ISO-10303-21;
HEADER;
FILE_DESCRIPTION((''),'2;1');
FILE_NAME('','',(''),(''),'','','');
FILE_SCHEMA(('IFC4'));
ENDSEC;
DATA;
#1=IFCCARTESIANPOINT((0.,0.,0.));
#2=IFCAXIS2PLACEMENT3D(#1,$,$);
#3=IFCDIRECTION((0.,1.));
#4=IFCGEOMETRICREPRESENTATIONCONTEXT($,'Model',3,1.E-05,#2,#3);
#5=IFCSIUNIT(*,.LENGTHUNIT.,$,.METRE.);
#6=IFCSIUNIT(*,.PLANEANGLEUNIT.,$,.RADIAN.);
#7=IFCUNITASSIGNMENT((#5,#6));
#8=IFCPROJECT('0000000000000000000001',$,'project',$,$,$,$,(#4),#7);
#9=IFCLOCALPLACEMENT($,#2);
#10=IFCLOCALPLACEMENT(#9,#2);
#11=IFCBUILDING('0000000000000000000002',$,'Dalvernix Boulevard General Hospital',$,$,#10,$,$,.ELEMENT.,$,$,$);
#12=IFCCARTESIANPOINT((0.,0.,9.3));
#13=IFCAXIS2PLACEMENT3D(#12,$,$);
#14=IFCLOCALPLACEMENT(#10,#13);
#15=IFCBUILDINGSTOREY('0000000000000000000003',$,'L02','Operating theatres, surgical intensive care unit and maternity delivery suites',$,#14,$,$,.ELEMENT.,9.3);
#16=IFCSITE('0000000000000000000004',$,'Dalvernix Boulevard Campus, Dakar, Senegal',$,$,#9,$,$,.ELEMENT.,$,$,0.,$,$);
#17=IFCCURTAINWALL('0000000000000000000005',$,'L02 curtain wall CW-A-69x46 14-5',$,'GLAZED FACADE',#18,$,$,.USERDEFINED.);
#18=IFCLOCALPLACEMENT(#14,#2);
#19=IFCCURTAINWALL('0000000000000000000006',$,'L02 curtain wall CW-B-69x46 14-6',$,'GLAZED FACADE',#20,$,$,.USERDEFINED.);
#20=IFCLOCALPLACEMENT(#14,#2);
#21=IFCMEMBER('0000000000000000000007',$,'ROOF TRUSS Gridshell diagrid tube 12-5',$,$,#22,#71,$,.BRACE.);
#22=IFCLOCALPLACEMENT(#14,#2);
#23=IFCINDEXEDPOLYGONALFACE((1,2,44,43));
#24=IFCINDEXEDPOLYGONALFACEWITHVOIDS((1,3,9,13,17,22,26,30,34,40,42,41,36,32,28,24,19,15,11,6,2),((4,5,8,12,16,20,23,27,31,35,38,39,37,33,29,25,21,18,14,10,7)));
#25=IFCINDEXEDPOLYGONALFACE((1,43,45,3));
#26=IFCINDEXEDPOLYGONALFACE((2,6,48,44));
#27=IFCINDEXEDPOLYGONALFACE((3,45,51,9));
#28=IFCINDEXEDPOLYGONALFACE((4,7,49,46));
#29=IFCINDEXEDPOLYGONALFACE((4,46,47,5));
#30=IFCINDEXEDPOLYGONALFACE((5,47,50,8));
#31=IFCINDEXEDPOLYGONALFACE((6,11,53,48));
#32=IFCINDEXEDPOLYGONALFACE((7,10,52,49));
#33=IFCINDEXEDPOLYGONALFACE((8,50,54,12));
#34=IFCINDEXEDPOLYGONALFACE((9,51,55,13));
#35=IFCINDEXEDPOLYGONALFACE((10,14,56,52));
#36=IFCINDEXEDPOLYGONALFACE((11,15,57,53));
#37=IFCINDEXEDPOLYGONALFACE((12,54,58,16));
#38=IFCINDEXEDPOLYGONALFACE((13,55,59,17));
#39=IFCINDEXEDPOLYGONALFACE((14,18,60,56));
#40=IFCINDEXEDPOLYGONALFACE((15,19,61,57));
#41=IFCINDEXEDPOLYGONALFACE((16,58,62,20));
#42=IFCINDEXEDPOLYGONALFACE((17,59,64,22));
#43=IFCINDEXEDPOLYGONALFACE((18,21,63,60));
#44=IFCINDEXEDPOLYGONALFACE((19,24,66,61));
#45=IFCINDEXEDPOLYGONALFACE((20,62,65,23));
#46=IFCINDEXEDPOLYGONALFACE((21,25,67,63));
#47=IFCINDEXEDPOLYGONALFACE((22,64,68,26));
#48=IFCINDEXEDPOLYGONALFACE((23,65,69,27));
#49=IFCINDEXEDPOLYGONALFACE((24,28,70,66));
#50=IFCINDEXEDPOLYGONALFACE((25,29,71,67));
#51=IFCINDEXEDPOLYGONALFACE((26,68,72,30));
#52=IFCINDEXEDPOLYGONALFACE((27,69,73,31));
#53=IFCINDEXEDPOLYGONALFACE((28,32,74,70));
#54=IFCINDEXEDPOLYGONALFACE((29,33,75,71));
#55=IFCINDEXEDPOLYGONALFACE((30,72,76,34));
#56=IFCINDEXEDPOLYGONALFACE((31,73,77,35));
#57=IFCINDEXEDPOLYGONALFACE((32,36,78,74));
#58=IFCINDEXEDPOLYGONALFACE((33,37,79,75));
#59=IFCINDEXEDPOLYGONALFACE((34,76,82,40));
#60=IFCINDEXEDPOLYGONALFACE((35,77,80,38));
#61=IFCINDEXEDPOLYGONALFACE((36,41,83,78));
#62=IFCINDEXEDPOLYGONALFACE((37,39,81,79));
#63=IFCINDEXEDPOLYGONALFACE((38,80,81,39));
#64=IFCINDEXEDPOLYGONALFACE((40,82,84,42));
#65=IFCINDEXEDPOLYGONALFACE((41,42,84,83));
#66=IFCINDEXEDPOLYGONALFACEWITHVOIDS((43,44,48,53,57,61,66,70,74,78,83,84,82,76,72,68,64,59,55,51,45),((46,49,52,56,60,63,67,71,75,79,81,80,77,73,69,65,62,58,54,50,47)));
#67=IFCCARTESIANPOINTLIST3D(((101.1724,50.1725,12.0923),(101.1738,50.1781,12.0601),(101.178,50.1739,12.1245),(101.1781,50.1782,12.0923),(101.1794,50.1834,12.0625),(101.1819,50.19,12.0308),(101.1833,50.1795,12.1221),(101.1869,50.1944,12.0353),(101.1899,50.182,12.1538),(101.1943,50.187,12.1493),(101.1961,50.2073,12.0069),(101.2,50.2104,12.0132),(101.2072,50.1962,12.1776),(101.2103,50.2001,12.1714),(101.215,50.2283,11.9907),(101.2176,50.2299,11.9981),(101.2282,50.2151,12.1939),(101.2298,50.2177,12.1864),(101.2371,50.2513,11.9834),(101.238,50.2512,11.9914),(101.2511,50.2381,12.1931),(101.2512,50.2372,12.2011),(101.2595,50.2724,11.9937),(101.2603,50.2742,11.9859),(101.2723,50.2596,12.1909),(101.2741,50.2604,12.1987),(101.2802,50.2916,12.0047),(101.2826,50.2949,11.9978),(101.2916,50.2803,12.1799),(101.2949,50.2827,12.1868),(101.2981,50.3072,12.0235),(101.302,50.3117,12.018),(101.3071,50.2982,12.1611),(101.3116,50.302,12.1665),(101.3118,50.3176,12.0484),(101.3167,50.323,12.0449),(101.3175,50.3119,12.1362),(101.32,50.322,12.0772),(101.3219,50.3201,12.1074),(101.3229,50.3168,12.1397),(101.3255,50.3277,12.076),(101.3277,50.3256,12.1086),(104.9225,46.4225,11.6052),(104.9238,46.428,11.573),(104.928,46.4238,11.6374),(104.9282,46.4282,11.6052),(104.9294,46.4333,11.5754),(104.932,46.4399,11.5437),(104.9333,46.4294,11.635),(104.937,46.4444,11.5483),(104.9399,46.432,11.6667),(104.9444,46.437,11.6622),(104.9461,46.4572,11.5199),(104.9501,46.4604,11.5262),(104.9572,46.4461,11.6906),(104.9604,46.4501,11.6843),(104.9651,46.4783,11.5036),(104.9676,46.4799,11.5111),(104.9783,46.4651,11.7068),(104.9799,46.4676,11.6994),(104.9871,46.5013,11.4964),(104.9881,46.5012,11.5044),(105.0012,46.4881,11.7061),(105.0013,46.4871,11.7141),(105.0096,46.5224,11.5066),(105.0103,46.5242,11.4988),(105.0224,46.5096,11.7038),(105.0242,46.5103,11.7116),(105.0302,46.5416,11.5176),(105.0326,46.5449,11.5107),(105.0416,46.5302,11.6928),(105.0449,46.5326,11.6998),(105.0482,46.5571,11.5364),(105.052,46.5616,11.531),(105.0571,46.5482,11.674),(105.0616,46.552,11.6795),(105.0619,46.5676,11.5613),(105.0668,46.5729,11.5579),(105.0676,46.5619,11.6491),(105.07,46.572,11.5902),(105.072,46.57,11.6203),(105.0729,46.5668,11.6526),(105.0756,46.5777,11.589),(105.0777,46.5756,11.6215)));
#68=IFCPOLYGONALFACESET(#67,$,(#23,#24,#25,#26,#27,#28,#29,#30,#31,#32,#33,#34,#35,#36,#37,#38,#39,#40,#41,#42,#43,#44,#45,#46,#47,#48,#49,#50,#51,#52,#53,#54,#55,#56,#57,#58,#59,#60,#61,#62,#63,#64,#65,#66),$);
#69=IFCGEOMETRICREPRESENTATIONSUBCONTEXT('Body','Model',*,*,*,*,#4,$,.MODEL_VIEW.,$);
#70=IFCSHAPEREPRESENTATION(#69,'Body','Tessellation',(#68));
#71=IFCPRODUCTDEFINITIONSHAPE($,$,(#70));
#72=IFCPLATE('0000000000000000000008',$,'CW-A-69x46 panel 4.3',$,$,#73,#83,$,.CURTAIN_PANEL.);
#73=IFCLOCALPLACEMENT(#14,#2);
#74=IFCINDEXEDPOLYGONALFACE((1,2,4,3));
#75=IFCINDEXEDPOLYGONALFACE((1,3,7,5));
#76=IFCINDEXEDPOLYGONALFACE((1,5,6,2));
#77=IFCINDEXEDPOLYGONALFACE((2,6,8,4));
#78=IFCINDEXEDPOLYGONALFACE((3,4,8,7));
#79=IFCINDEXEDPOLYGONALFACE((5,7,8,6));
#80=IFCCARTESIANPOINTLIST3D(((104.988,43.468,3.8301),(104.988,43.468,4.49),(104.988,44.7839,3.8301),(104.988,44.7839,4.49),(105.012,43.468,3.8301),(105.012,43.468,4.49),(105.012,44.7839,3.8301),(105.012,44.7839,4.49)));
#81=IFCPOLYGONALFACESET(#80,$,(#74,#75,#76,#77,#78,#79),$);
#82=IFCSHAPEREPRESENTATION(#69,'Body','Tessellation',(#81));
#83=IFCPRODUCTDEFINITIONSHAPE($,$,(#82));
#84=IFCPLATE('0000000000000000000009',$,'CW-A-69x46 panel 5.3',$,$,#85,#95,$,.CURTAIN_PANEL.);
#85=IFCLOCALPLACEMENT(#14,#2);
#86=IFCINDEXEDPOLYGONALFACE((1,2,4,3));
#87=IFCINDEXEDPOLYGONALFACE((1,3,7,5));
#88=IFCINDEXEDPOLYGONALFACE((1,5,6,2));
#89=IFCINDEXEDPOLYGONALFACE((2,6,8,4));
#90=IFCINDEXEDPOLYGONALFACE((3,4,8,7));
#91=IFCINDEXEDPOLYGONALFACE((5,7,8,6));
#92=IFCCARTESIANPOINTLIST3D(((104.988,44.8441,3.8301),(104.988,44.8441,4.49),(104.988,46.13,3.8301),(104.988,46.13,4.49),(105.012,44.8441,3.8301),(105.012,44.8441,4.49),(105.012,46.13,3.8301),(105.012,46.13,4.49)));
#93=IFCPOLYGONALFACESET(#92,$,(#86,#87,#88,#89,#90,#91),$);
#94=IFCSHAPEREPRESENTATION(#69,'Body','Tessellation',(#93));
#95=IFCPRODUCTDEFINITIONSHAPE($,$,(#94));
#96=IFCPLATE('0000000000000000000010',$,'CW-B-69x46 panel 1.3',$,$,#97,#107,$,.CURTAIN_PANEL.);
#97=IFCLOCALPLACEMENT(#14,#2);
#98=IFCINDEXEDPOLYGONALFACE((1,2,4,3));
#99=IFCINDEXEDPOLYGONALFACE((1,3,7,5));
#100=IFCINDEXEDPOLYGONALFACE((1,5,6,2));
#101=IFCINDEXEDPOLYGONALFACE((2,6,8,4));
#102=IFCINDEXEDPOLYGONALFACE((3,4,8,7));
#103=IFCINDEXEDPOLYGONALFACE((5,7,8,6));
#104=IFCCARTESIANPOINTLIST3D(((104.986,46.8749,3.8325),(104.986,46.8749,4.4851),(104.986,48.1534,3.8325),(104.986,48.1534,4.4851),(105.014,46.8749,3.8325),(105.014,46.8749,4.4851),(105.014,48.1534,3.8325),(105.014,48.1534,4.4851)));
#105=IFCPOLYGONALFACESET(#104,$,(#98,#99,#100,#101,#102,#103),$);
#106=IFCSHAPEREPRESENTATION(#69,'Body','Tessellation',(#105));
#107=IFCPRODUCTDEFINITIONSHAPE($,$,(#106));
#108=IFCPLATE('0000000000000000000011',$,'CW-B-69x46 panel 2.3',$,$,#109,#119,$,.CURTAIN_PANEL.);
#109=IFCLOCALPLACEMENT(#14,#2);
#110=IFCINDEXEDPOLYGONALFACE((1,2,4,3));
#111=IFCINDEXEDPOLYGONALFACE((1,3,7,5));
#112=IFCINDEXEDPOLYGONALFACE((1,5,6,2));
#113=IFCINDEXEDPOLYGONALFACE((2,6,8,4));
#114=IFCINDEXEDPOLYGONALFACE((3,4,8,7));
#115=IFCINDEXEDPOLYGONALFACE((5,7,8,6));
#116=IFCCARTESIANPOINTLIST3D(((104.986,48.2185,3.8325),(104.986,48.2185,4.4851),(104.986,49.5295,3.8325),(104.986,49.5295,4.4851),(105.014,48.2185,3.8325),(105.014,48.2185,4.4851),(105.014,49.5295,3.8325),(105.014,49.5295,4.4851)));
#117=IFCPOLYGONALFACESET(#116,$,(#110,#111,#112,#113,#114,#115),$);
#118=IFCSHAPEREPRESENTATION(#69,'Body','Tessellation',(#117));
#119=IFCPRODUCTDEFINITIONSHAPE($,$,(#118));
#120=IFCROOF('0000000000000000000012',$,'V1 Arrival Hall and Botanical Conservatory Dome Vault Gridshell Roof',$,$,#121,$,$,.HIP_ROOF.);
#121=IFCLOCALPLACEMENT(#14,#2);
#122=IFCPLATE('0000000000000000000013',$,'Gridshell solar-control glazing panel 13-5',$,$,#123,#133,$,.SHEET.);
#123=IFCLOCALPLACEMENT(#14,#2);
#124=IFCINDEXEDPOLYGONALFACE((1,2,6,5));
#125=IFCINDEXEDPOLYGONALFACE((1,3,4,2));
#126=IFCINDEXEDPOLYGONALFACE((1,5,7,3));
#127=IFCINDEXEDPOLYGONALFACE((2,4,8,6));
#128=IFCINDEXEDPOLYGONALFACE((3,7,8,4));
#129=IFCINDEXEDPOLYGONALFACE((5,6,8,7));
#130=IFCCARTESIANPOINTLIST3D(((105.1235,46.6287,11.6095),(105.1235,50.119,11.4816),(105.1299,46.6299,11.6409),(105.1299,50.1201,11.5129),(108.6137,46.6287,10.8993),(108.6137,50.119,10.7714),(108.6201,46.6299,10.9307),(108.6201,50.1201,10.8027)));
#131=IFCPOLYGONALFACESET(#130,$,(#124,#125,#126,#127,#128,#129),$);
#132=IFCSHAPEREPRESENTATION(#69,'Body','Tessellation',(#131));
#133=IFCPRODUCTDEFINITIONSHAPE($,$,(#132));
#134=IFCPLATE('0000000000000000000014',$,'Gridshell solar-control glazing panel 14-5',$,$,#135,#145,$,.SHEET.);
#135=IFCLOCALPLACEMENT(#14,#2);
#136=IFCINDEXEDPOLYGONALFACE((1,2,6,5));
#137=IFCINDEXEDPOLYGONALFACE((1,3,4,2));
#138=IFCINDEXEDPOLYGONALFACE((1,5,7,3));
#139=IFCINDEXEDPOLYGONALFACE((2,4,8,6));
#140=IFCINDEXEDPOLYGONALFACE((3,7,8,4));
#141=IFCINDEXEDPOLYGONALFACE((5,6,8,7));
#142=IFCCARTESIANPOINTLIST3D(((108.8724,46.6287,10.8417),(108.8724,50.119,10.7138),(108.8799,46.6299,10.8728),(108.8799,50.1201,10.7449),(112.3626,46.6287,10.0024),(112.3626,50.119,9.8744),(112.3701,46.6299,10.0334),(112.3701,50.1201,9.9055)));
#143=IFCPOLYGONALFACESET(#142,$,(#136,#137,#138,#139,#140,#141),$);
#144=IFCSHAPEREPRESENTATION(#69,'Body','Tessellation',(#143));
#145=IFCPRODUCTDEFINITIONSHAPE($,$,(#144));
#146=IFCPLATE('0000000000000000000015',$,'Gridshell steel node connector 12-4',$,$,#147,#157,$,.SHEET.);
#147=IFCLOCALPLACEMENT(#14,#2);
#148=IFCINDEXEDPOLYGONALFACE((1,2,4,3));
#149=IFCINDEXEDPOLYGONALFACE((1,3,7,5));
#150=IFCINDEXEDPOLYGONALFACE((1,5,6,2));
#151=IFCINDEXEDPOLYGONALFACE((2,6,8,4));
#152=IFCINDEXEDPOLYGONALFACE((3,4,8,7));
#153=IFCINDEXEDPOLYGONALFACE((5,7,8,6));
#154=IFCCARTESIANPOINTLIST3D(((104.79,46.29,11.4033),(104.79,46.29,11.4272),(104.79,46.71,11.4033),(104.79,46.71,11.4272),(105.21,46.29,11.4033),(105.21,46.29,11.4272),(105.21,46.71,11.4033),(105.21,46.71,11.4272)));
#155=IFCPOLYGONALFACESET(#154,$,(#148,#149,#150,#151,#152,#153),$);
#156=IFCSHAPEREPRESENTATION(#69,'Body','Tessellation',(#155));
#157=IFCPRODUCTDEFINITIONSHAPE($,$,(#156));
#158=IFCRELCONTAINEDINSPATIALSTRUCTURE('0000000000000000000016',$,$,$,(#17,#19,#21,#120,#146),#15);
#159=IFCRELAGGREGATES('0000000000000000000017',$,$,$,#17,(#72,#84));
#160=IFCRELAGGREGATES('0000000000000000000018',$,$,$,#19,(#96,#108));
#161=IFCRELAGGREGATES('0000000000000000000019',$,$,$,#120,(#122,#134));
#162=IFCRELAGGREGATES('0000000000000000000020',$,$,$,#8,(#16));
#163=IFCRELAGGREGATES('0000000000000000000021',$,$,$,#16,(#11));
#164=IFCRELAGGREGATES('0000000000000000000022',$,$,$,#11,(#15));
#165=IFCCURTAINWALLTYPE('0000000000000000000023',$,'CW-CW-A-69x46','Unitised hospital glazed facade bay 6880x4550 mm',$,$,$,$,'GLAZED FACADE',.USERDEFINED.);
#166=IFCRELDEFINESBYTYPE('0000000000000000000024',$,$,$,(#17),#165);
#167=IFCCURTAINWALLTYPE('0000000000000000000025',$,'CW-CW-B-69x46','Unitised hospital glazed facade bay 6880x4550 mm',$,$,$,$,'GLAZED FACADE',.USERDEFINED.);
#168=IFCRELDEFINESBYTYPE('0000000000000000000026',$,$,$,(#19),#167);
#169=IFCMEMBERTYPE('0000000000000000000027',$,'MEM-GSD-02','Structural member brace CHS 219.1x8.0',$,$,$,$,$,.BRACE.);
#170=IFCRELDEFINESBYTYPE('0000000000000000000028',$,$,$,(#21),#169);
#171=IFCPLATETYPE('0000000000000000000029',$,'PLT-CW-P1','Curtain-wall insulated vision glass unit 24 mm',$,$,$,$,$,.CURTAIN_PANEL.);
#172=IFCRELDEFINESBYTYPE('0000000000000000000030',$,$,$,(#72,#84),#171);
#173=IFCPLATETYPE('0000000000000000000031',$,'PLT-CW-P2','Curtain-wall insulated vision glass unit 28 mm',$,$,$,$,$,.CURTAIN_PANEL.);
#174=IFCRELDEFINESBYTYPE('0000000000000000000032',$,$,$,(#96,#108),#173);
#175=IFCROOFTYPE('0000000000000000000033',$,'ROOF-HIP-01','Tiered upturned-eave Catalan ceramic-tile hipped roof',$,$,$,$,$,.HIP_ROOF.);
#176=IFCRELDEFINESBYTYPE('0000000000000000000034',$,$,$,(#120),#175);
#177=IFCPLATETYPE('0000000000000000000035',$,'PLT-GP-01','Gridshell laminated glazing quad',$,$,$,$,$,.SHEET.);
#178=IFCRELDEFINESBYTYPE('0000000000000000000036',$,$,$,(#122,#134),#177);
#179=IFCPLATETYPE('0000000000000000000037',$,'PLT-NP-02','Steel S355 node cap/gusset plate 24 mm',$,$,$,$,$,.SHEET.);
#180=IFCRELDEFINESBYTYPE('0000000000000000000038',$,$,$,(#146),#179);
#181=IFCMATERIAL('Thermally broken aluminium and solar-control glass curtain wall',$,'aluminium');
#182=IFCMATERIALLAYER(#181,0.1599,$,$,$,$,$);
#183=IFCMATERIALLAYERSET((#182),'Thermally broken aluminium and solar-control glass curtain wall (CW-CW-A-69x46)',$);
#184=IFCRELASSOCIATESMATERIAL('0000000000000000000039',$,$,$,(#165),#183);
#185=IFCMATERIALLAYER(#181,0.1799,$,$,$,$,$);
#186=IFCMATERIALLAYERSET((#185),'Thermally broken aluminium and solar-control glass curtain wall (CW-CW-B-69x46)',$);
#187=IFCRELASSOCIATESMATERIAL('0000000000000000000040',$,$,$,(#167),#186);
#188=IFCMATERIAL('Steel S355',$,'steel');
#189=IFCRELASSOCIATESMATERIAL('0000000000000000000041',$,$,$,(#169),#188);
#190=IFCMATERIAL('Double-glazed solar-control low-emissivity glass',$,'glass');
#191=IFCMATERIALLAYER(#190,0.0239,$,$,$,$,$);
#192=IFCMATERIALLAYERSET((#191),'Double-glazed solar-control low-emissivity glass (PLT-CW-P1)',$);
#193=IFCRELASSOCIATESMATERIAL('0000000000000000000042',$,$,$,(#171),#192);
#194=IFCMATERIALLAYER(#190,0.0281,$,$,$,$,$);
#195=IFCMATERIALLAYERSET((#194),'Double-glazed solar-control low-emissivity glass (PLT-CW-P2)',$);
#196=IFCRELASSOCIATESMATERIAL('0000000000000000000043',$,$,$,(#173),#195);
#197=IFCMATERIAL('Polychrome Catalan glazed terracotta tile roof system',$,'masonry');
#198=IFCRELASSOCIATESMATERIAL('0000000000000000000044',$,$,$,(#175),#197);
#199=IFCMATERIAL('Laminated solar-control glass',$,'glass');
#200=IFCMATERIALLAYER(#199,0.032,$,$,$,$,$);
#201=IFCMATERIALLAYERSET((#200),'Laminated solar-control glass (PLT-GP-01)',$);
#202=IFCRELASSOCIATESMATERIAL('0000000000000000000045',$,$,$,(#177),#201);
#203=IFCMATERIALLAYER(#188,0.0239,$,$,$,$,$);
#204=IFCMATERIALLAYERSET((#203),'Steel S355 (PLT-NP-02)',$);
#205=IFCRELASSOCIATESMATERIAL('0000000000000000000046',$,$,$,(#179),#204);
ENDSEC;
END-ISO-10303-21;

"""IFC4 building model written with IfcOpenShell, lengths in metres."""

from ifc_helpers import new_model, si_unit, direction, frame, origin, origin_2d, place, context, subcontext, project, spatial, polyline, rectangle, hollow_circle, outline, extrude, material, layer, layer_set, material_profile, profile_set, type_object, element, aggregate, save


model = new_model("IFC4")

# Units and contexts
model_context = context("Model", 3, precision=1e-05, world=origin(), true_north=direction((0.0, 1.0)))
body_context = subcontext(model_context, "Body", "Model", "MODEL_VIEW")
ifc_project = project(units=[si_unit("LENGTHUNIT", "METRE"), si_unit("PLANEANGLEUNIT", "RADIAN")], contexts=[model_context])

# Site, building, storey
site_placement = place(None, origin())
site = spatial("IfcSite", under=ifc_project, at=site_placement, Name="Dalvernix Boulevard Campus, Dakar, Senegal", CompositionType="ELEMENT", RefElevation=0.0)
building_placement = place(site_placement, origin())
building = spatial("IfcBuilding", under=site, at=building_placement, Name="Dalvernix Boulevard General Hospital", CompositionType="ELEMENT")
storey_placement = place(building_placement, frame((0.0, 0.0, 9.3)))
storey = spatial("IfcBuildingStorey", under=building, at=storey_placement, Name="L02", Description="Operating theatres, surgical intensive care unit and maternity delivery suites", CompositionType="ELEMENT", Elevation=9.3)

# Shared definitions
ifc_material_1 = material(Name="Steel S355", Category="steel")

# Curtain walls
ifc_material_2 = material(Name="Thermally broken aluminium and solar-control glass curtain wall", Category="aluminium")
ifc_layer_1 = layer(ifc_material_2, 0.1599)
ifc_layer_set_1 = layer_set([ifc_layer_1], Name="Thermally broken aluminium and solar-control glass curtain wall (CW-CW-A-69x46)")
curtain_wall_type_1 = type_object("IfcCurtainWallType", Name="CW-CW-A-69x46", Description="Unitised hospital glazed facade bay 6880x4550 mm", ElementType="GLAZED FACADE", PredefinedType="USERDEFINED", material=ifc_layer_set_1)
curtain_wall_1_placement = place(storey_placement, origin())
curtain_wall_1 = element("IfcCurtainWall", 1, at=curtain_wall_1_placement, inside=storey, type_object=curtain_wall_type_1, Name="L02 curtain wall CW-A-69x46 14-5", ObjectType="GLAZED FACADE", PredefinedType="USERDEFINED")
ifc_layer_2 = layer(ifc_material_2, 0.1799)
ifc_layer_set_2 = layer_set([ifc_layer_2], Name="Thermally broken aluminium and solar-control glass curtain wall (CW-CW-B-69x46)")
curtain_wall_type_2 = type_object("IfcCurtainWallType", Name="CW-CW-B-69x46", Description="Unitised hospital glazed facade bay 6880x4550 mm", ElementType="GLAZED FACADE", PredefinedType="USERDEFINED", material=ifc_layer_set_2)
curtain_wall_2_placement = place(storey_placement, origin())
curtain_wall_2 = element("IfcCurtainWall", 2, at=curtain_wall_2_placement, inside=storey, type_object=curtain_wall_type_2, Name="L02 curtain wall CW-B-69x46 14-6", ObjectType="GLAZED FACADE", PredefinedType="USERDEFINED")

# Member
ifc_material_profile_1 = material_profile(ifc_material_1, hollow_circle(Radius=0.1096, WallThickness=0.0081, at=origin_2d()), Name="CHS 219.1x8.0")
ifc_profile_set_1 = profile_set([ifc_material_profile_1], Name="Steel S355")
member_type_1 = type_object("IfcMemberType", Name="MEM-GSD-02", Description="Structural member brace CHS 219.1x8.0", PredefinedType="BRACE", material=ifc_profile_set_1)
member_1_placement = place(storey_placement, frame((105.0, 46.5, 11.6052), z_axis=(-0.704143, 0.704143, 0.091456), x_axis=(-0.707107, -0.707107, 0.0)))
element("IfcMember", 3, at=member_1_placement, inside=storey, type_object=member_type_1, Name="ROOF TRUSS Gridshell diagrid tube 12-5", PredefinedType="BRACE", context=body_context, shape_type="SweptSolid", body=[
    extrude(hollow_circle(Radius=0.1096, WallThickness=0.0081, at=origin_2d()), origin(), (0.0, 0.0, 1.0), 5.3257),
])

# Plates
ifc_material_3 = material(Name="Double-glazed solar-control low-emissivity glass", Category="glass")
ifc_layer_3 = layer(ifc_material_3, 0.0239)
ifc_layer_set_3 = layer_set([ifc_layer_3], Name="Double-glazed solar-control low-emissivity glass (PLT-CW-P1)")
plate_type_1 = type_object("IfcPlateType", Name="PLT-CW-P1", Description="Curtain-wall insulated vision glass unit 24 mm", PredefinedType="CURTAIN_PANEL", material=ifc_layer_set_3)
plate_1_placement = place(storey_placement, frame((105.0, 44.126, 3.8301), z_axis=(0.0, 0.0, 1.0), x_axis=(0.0, 1.0, 0.0)))
plate_1 = element("IfcPlate", 4, at=plate_1_placement, type_object=plate_type_1, Name="CW-A-69x46 panel 4.3", PredefinedType="CURTAIN_PANEL", context=body_context, shape_type="SweptSolid", body=[
    extrude(rectangle(XDim=1.3159, YDim=0.0239, at=origin_2d()), origin(), (0.0, 0.0, 1.0), 0.6599),
])
plate_2_placement = place(storey_placement, frame((105.0, 45.4871, 3.8301), z_axis=(0.0, 0.0, 1.0), x_axis=(0.0, 1.0, 0.0)))
plate_2 = element("IfcPlate", 5, at=plate_2_placement, type_object=plate_type_1, Name="CW-A-69x46 panel 5.3", PredefinedType="CURTAIN_PANEL", context=body_context, shape_type="SweptSolid", body=[
    extrude(rectangle(XDim=1.2859, YDim=0.0239, at=origin_2d()), origin(), (0.0, 0.0, 1.0), 0.6599),
])
aggregate(curtain_wall_1, [plate_1, plate_2])
ifc_layer_4 = layer(ifc_material_3, 0.0281)
ifc_layer_set_4 = layer_set([ifc_layer_4], Name="Double-glazed solar-control low-emissivity glass (PLT-CW-P2)")
plate_type_2 = type_object("IfcPlateType", Name="PLT-CW-P2", Description="Curtain-wall insulated vision glass unit 28 mm", PredefinedType="CURTAIN_PANEL", material=ifc_layer_set_4)
plate_3_placement = place(storey_placement, frame((105.0, 47.5142, 3.8325), z_axis=(0.0, 0.0, 1.0), x_axis=(0.0, 1.0, 0.0)))
plate_3 = element("IfcPlate", 6, at=plate_3_placement, type_object=plate_type_2, Name="CW-B-69x46 panel 1.3", PredefinedType="CURTAIN_PANEL", context=body_context, shape_type="SweptSolid", body=[
    extrude(rectangle(XDim=1.2786, YDim=0.0281, at=origin_2d()), origin(), (0.0, 0.0, 1.0), 0.6526),
])
plate_4_placement = place(storey_placement, frame((105.0, 48.874, 3.8325), z_axis=(0.0, 0.0, 1.0), x_axis=(0.0, 1.0, 0.0)))
plate_4 = element("IfcPlate", 7, at=plate_4_placement, type_object=plate_type_2, Name="CW-B-69x46 panel 2.3", PredefinedType="CURTAIN_PANEL", context=body_context, shape_type="SweptSolid", body=[
    extrude(rectangle(XDim=1.311, YDim=0.0281, at=origin_2d()), origin(), (0.0, 0.0, 1.0), 0.6526),
])
aggregate(curtain_wall_2, [plate_3, plate_4])

# Roof, plates
ifc_material_4 = material(Name="Polychrome Catalan glazed terracotta tile roof system", Category="masonry")
roof_type = type_object("IfcRoofType", Name="ROOF-HIP-01", Description="Tiered upturned-eave Catalan ceramic-tile hipped roof", PredefinedType="HIP_ROOF", material=ifc_material_4)
roof_placement = place(storey_placement, origin())
roof = element("IfcRoof", 8, at=roof_placement, inside=storey, type_object=roof_type, Name="V1 Arrival Hall and Botanical Conservatory Dome Vault Gridshell Roof", PredefinedType="HIP_ROOF")
ifc_material_5 = material(Name="Laminated solar-control glass", Category="glass")
ifc_layer_5 = layer(ifc_material_5, 0.032)
ifc_layer_set_5 = layer_set([ifc_layer_5], Name="Laminated solar-control glass (PLT-GP-01)")
plate_type_3 = type_object("IfcPlateType", Name="PLT-GP-01", Description="Gridshell laminated glazing quad", PredefinedType="SHEET", material=ifc_layer_set_5)
plate_5_placement = place(storey_placement, frame((105.1299, 46.6299, 11.6409), z_axis=(0.199269, 0.035894, 0.979287), x_axis=(0.979919, 0.0, -0.199397)))
plate_5 = element("IfcPlate", 9, at=plate_5_placement, type_object=plate_type_3, Name="Gridshell solar-control glazing panel 13-5", PredefinedType="SHEET", context=body_context, shape_type="SweptSolid", body=[
    extrude(outline(polyline([(0.0, 0.0), (3.5618, 0.0), (3.5873, 3.4925), (0.0255, 3.4925), (0.0, 0.0)])), origin(), (0.0, 0.0, -1.0), 0.032),
])
plate_6_placement = place(storey_placement, frame((108.8799, 46.6299, 10.8728), z_axis=(0.233672, 0.035615, 0.971663), x_axis=(0.97228, 0.0, -0.233821)))
plate_6 = element("IfcPlate", 10, at=plate_6_placement, type_object=plate_type_3, Name="Gridshell solar-control glazing panel 14-5", PredefinedType="SHEET", context=body_context, shape_type="SweptSolid", body=[
    extrude(outline(polyline([(0.0, 0.0), (3.5897, 0.0), (3.6197, 3.4925), (0.0299, 3.4925), (0.0, 0.0)])), origin(), (0.0, 0.0, -1.0), 0.032),
])
aggregate(roof, [plate_5, plate_6])

# Plate
ifc_layer_6 = layer(ifc_material_1, 0.0239)
ifc_layer_set_6 = layer_set([ifc_layer_6], Name="Steel S355 (PLT-NP-02)")
plate_type_4 = type_object("IfcPlateType", Name="PLT-NP-02", Description="Steel S355 node cap/gusset plate 24 mm", PredefinedType="SHEET", material=ifc_layer_set_6)
plate_7_placement = place(storey_placement, frame((105.0, 46.5, 11.4033), z_axis=(0.0, 0.0, 1.0), x_axis=(1.0, 0.0, 0.0)))
element("IfcPlate", 11, at=plate_7_placement, inside=storey, type_object=plate_type_4, Name="Gridshell steel node connector 12-4", PredefinedType="SHEET", context=body_context, shape_type="SweptSolid", body=[
    extrude(rectangle(XDim=0.4199, YDim=0.4199, at=origin_2d()), origin(), (0.0, 0.0, 1.0), 0.0239),
])

save(model, "model.ifc")
